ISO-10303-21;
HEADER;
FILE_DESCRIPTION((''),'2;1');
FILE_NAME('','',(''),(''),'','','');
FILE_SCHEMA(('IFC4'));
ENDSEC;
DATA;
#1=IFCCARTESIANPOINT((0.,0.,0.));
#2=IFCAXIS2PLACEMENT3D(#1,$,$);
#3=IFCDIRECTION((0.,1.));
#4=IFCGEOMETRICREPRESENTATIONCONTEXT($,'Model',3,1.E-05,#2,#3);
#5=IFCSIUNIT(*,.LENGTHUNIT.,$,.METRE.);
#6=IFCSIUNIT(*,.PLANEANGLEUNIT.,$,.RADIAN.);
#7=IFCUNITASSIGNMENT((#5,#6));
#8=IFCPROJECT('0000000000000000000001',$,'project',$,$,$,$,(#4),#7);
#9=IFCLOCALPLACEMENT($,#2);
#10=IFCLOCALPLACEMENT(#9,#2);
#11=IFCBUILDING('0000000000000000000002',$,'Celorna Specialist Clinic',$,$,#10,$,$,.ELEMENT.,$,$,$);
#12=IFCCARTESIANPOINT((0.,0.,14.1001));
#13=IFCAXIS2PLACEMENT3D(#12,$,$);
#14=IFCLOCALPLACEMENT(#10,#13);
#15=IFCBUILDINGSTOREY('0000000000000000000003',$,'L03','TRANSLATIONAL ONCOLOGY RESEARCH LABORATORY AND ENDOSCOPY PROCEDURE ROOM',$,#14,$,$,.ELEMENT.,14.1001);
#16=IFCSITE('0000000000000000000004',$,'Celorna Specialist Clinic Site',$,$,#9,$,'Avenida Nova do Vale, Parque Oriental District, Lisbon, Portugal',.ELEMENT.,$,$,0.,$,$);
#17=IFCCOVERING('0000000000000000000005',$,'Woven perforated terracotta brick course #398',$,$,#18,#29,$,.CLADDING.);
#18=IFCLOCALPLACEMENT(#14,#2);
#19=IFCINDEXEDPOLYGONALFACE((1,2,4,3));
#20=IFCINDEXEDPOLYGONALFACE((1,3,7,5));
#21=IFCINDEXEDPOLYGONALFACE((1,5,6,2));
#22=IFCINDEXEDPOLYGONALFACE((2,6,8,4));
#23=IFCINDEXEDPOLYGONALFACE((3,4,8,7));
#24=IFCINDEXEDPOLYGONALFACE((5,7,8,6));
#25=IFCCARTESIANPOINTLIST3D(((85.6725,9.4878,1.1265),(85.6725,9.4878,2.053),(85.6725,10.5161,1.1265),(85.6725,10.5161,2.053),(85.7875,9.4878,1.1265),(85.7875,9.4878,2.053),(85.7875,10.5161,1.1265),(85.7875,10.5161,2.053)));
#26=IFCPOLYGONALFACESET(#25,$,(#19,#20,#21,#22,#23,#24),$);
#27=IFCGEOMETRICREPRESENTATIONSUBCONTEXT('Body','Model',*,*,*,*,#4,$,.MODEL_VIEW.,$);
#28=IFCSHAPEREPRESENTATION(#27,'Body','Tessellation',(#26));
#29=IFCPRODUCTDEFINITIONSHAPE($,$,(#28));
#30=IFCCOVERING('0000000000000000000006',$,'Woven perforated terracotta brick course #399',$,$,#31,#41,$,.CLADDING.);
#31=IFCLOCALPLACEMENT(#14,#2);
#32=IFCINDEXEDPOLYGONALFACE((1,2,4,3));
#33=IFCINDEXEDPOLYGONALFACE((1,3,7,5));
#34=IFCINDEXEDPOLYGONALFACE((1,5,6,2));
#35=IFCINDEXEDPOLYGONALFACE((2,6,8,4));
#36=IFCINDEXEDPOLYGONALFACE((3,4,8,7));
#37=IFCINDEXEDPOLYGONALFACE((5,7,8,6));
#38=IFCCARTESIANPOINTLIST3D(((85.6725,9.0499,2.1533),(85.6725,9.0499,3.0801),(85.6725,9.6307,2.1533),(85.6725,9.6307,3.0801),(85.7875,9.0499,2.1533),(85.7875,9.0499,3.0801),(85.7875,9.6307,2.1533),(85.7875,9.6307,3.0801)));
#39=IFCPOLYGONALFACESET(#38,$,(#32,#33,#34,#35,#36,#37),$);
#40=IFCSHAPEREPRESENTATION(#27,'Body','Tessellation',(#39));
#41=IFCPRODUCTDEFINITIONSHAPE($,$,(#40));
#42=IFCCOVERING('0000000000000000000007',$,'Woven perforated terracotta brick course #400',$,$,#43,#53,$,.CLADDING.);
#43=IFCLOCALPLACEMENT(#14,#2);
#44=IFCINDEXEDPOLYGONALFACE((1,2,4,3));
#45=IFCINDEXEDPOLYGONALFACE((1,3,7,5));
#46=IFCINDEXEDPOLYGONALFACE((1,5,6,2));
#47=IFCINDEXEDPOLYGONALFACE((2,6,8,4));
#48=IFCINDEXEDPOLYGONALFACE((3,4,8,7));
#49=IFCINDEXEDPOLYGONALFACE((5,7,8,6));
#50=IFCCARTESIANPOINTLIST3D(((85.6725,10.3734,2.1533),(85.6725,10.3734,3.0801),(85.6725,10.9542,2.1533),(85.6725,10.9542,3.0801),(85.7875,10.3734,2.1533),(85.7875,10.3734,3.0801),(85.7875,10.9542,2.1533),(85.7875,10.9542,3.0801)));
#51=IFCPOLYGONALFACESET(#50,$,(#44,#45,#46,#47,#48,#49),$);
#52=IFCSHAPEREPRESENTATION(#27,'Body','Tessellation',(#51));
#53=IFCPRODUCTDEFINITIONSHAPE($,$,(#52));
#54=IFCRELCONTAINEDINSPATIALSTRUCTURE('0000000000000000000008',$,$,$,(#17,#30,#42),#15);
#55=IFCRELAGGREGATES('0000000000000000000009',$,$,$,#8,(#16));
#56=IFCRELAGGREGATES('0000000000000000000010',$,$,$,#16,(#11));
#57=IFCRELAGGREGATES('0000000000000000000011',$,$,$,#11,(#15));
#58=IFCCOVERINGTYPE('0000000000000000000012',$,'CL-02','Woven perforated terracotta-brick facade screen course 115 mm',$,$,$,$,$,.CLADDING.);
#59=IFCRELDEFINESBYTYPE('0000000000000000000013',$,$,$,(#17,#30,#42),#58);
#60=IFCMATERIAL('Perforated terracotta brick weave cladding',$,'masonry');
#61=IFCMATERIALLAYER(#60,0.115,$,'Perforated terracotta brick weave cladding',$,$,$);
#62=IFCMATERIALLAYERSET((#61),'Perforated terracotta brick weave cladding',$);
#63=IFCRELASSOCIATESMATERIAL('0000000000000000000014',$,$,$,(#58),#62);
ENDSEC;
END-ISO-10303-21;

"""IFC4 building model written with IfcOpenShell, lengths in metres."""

from ifc_helpers import new_model, si_unit, direction, frame, origin, origin_2d, place, context, subcontext, project, spatial, rectangle, extrude, material, layer, layer_set, type_object, element, save


model = new_model("IFC4")

# Units and contexts
model_context = context("Model", 3, precision=1e-05, world=origin(), true_north=direction((0.0, 1.0)))
body_context = subcontext(model_context, "Body", "Model", "MODEL_VIEW")
ifc_project = project(units=[si_unit("LENGTHUNIT", "METRE"), si_unit("PLANEANGLEUNIT", "RADIAN")], contexts=[model_context])

# Site, building, storey
site_placement = place(None, origin())
site = spatial("IfcSite", under=ifc_project, at=site_placement, Name="Celorna Specialist Clinic Site", LongName="Avenida Nova do Vale, Parque Oriental District, Lisbon, Portugal", CompositionType="ELEMENT", RefElevation=0.0)
building_placement = place(site_placement, origin())
building = spatial("IfcBuilding", under=site, at=building_placement, Name="Celorna Specialist Clinic", CompositionType="ELEMENT")
storey_placement = place(building_placement, frame((0.0, 0.0, 14.1001)))
storey = spatial("IfcBuildingStorey", under=building, at=storey_placement, Name="L03", Description="TRANSLATIONAL ONCOLOGY RESEARCH LABORATORY AND ENDOSCOPY PROCEDURE ROOM", CompositionType="ELEMENT", Elevation=14.1001)

# Coverings
ifc_material_1 = material(Name="Perforated terracotta brick weave cladding", Category="masonry")
ifc_layer_1 = layer(ifc_material_1, 0.115, Name="Perforated terracotta brick weave cladding")
ifc_layer_set_1 = layer_set([ifc_layer_1], Name="Perforated terracotta brick weave cladding")
covering_type = type_object("IfcCoveringType", Name="CL-02", Description="Woven perforated terracotta-brick facade screen course 115 mm", PredefinedType="CLADDING", material=ifc_layer_set_1)
covering_1_placement = place(storey_placement, frame((85.73, 10.002, 1.1265), z_axis=(0.0, 0.0, 1.0), x_axis=(0.0, 1.0, 0.0)))
element("IfcCovering", 1, at=covering_1_placement, inside=storey, type_object=covering_type, Name="Woven perforated terracotta brick course #398", PredefinedType="CLADDING", context=body_context, shape_type="SweptSolid", body=[
    extrude(rectangle(XDim=1.0283, YDim=0.115, at=origin_2d()), origin(), (0.0, 0.0, 1.0), 0.9265),
])
for number, where, z_axis, x_axis, name in (
    (2, (85.73, 9.3403, 2.1533), (0.0, 0.0, 1.0), (0.0, 1.0, 0.0), "Woven perforated terracotta brick course #399"),
    (3, (85.73, 10.6638, 2.1533), (0.0, 0.0, 1.0), (0.0, 1.0, 0.0), "Woven perforated terracotta brick course #400"),
):
    element("IfcCovering", number, at=place(storey_placement, frame(where, z_axis=z_axis, x_axis=x_axis)), inside=storey, type_object=covering_type, Name=name, PredefinedType="CLADDING", context=body_context, shape_type="SweptSolid", body=[
        extrude(rectangle(XDim=0.5808, YDim=0.115, at=origin_2d()), origin(), (0.0, 0.0, 1.0), 0.9268),
    ])

save(model, "model.ifc")
